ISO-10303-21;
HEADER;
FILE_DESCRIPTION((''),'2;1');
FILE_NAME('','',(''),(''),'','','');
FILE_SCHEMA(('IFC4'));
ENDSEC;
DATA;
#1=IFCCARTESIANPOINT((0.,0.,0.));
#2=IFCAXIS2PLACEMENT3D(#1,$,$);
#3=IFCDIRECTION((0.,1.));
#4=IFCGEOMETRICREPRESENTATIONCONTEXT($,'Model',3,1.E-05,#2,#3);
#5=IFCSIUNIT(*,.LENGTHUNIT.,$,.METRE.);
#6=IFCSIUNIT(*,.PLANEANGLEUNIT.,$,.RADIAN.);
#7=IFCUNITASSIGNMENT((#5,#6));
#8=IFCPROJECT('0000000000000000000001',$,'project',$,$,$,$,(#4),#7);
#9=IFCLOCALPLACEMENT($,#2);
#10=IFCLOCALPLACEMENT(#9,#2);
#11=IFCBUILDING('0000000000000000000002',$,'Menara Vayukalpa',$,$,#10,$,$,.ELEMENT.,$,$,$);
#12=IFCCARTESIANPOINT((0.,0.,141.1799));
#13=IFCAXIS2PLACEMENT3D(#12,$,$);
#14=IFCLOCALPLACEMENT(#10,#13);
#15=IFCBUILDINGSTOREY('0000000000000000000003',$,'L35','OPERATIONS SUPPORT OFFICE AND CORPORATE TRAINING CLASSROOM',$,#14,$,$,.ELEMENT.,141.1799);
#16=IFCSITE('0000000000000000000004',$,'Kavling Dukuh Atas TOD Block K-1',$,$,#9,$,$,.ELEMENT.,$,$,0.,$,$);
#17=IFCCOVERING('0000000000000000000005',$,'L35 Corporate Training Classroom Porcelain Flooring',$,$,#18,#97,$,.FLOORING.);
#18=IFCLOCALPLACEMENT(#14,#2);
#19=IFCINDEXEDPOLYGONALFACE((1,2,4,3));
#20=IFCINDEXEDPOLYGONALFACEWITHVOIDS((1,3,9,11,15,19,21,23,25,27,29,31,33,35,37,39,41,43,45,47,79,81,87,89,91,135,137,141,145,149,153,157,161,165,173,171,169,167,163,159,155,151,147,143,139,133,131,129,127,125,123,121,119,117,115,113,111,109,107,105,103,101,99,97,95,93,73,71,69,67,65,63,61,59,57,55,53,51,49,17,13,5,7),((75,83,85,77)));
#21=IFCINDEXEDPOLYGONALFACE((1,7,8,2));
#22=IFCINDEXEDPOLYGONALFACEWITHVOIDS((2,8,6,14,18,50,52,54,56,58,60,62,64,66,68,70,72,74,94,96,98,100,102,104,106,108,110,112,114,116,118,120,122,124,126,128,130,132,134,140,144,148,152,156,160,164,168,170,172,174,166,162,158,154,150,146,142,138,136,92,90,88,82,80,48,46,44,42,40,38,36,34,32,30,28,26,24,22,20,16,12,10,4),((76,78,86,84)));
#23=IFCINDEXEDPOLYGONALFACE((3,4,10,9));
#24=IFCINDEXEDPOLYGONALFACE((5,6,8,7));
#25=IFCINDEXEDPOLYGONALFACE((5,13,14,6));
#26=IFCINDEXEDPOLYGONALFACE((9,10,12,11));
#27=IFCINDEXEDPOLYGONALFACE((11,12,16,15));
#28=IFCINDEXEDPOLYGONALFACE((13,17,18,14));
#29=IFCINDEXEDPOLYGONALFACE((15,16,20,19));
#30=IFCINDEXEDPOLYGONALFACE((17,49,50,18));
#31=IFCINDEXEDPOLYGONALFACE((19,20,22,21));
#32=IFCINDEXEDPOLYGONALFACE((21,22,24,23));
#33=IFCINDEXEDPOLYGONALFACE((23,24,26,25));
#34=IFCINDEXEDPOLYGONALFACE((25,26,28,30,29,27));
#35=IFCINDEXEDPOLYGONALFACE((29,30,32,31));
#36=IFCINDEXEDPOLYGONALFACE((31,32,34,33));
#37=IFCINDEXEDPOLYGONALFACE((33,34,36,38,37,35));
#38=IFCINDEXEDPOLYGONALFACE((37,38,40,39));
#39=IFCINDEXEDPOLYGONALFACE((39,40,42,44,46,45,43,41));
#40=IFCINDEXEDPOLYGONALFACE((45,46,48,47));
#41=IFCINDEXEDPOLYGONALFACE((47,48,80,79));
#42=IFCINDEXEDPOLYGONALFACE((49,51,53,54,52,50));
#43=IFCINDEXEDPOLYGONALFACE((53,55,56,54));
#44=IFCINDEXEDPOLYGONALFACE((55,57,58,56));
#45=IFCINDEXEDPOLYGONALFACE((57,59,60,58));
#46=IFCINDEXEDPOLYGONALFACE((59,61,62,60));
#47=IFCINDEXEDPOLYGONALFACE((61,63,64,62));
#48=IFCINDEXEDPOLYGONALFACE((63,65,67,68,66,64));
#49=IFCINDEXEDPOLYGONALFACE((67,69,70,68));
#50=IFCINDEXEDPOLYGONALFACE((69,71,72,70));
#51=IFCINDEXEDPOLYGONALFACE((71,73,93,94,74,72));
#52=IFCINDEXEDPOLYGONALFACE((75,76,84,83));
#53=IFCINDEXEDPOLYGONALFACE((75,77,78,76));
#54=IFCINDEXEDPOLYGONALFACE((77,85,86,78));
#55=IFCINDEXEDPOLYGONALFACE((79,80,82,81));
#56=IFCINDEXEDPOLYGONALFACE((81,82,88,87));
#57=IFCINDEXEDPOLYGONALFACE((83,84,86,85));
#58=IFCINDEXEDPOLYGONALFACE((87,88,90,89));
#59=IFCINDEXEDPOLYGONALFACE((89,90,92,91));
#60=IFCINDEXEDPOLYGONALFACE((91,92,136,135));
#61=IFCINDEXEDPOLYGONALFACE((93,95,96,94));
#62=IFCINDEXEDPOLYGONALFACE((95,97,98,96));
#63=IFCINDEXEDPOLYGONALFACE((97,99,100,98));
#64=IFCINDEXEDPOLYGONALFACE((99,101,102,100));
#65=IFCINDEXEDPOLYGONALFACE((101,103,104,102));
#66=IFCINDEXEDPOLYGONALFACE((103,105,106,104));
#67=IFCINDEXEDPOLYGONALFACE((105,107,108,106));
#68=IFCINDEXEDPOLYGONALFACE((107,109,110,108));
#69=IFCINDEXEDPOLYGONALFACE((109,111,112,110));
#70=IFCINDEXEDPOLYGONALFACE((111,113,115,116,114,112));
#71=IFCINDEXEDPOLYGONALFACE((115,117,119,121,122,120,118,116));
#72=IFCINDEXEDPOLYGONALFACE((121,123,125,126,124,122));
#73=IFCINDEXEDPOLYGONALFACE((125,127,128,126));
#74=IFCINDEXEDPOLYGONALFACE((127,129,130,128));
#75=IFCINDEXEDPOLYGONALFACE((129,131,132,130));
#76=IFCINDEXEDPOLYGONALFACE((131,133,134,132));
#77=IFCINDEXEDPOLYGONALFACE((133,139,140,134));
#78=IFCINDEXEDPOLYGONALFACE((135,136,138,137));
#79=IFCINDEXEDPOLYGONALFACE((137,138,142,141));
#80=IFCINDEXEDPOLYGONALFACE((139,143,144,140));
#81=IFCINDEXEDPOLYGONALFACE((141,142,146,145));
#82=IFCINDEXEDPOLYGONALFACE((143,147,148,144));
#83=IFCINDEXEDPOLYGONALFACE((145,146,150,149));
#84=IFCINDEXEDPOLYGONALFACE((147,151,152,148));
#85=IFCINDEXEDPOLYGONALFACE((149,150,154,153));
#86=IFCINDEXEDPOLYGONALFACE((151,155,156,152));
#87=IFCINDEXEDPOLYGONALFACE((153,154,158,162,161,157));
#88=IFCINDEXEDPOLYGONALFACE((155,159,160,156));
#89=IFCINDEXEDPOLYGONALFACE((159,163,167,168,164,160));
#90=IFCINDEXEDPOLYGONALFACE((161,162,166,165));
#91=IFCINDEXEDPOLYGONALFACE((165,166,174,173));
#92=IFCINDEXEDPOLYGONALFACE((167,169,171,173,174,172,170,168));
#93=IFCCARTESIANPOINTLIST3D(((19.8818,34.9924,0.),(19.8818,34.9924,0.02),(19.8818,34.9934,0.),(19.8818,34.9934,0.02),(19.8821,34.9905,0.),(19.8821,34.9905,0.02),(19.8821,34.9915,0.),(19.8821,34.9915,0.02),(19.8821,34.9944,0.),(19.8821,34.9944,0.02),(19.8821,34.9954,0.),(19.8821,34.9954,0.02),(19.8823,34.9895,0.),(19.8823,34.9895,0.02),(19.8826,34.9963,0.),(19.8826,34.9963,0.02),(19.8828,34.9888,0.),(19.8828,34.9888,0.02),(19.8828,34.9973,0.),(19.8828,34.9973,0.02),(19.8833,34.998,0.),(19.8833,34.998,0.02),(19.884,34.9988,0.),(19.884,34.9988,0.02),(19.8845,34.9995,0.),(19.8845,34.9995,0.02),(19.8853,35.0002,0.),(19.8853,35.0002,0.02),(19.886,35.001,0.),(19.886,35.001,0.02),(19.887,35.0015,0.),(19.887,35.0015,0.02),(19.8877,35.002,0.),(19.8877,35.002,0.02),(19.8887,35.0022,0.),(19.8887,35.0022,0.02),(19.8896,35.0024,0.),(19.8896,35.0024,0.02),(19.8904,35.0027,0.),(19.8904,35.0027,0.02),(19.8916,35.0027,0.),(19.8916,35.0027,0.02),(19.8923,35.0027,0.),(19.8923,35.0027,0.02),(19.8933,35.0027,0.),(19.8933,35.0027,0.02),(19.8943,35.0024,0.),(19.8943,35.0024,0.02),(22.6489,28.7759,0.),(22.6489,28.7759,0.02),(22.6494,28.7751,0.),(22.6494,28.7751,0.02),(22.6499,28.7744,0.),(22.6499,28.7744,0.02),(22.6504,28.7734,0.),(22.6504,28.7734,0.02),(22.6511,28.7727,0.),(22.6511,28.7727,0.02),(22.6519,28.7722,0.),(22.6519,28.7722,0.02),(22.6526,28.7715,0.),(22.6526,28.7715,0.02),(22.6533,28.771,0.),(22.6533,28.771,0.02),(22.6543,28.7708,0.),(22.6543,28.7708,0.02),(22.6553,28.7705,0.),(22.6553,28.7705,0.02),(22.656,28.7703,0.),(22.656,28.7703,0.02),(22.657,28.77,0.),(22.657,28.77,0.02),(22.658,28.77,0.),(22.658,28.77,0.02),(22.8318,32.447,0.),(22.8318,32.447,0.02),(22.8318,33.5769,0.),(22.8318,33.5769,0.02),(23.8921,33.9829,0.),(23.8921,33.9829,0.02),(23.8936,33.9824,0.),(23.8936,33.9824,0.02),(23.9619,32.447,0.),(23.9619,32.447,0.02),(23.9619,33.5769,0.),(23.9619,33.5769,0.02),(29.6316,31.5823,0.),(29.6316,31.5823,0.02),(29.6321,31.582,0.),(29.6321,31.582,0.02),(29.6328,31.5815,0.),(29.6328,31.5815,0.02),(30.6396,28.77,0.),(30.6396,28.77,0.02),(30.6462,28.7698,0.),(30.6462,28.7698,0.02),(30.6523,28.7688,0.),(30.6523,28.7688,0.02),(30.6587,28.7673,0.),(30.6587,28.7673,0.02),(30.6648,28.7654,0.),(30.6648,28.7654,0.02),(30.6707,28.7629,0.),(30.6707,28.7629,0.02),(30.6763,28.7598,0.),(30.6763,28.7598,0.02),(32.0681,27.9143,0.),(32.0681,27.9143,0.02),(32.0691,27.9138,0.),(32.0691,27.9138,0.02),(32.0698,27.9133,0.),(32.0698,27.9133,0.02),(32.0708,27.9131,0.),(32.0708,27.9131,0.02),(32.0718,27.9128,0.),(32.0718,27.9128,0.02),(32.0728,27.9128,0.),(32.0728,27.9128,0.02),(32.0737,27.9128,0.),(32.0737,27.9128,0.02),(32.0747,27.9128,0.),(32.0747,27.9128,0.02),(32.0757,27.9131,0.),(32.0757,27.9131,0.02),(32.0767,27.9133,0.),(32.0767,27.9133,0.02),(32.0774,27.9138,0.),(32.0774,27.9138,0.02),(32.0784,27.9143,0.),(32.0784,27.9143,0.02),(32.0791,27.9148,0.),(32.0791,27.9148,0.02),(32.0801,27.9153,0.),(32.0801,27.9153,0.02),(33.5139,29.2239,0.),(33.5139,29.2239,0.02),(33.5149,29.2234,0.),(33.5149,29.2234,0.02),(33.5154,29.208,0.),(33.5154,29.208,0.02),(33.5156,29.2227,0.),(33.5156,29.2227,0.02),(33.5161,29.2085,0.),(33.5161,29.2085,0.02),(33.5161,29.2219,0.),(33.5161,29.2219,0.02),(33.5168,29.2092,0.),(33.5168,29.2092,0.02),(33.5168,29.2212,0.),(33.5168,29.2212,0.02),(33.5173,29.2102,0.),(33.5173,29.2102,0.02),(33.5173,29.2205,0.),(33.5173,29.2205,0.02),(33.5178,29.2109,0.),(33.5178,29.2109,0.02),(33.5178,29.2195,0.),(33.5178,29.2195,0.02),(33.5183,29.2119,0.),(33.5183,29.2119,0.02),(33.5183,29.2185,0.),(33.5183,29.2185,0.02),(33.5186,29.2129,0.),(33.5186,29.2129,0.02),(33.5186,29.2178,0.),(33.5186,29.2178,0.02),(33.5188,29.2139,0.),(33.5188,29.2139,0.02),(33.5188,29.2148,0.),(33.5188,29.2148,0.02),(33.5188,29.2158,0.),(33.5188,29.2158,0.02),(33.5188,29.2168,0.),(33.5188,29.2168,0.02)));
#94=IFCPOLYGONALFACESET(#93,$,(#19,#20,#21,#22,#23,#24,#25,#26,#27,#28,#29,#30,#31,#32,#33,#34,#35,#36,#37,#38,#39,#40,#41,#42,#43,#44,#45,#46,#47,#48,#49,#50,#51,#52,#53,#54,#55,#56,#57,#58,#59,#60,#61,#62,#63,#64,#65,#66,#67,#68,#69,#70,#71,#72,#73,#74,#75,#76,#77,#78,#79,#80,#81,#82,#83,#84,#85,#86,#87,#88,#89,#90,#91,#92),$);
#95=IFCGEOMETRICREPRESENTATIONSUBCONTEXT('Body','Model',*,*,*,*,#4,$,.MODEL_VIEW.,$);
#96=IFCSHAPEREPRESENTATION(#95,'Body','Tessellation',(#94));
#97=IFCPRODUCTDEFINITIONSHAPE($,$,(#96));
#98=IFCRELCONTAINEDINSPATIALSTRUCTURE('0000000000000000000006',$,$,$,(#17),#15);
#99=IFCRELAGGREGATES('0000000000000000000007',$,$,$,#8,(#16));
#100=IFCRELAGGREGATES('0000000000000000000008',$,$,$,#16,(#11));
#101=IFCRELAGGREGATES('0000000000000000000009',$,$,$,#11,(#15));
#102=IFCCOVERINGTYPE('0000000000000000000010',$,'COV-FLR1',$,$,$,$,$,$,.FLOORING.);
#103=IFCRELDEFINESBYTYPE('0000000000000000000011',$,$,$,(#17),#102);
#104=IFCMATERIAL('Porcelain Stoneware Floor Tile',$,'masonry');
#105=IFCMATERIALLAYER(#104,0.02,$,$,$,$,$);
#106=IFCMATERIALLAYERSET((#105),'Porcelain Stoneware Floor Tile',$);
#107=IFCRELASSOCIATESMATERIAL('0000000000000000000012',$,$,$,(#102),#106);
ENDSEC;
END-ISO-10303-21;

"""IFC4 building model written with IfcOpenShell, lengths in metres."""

from ifc_helpers import new_model, si_unit, direction, frame, origin, place, context, subcontext, project, spatial, polyline, outline, extrude, material, layer, layer_set, type_object, element, save


model = new_model("IFC4")

# Units and contexts
model_context = context("Model", 3, precision=1e-05, world=origin(), true_north=direction((0.0, 1.0)))
body_context = subcontext(model_context, "Body", "Model", "MODEL_VIEW")
ifc_project = project(units=[si_unit("LENGTHUNIT", "METRE"), si_unit("PLANEANGLEUNIT", "RADIAN")], contexts=[model_context])

# Site, building, storey
site_placement = place(None, origin())
site = spatial("IfcSite", under=ifc_project, at=site_placement, Name="Kavling Dukuh Atas TOD Block K-1", CompositionType="ELEMENT", RefElevation=0.0)
building_placement = place(site_placement, origin())
building = spatial("IfcBuilding", under=site, at=building_placement, Name="Menara Vayukalpa", CompositionType="ELEMENT")
storey_placement = place(building_placement, frame((0.0, 0.0, 141.1799)))
storey = spatial("IfcBuildingStorey", under=building, at=storey_placement, Name="L35", Description="OPERATIONS SUPPORT OFFICE AND CORPORATE TRAINING CLASSROOM", CompositionType="ELEMENT", Elevation=141.1799)

# Covering
ifc_material_1 = material(Name="Porcelain Stoneware Floor Tile", Category="masonry")
ifc_layer_1 = layer(ifc_material_1, 0.02)
ifc_layer_set_1 = layer_set([ifc_layer_1], Name="Porcelain Stoneware Floor Tile")
covering_type_1 = type_object("IfcCoveringType", Name="COV-FLR1", PredefinedType="FLOORING", material=ifc_layer_set_1)
covering_1_placement = place(storey_placement, origin())
element("IfcCovering", 1, at=covering_1_placement, inside=storey, type_object=covering_type_1, Name="L35 Corporate Training Classroom Porcelain Flooring", PredefinedType="FLOORING", context=body_context, shape_type="SweptSolid", body=[
    extrude(outline(polyline([(29.6316, 31.5823), (29.6321, 31.582), (29.6328, 31.5815), (33.5139, 29.2239), (33.5149, 29.2234), (33.5156, 29.2227), (33.5161, 29.2219), (33.5168, 29.2212), (33.5173, 29.2205), (33.5178, 29.2195), (33.5183, 29.2185), (33.5186, 29.2178), (33.5188, 29.2168), (33.5188, 29.2158), (33.5188, 29.2148), (33.5188, 29.2139), (33.5186, 29.2129), (33.5183, 29.2119), (33.5178, 29.2109), (33.5173, 29.2102), (33.5168, 29.2092), (33.5161, 29.2085), (33.5154, 29.208), (32.0801, 27.9153), (32.0791, 27.9148), (32.0784, 27.9143), (32.0774, 27.9138), (32.0767, 27.9133), (32.0757, 27.9131), (32.0747, 27.9128), (32.0737, 27.9128), (32.0728, 27.9128), (32.0718, 27.9128), (32.0708, 27.9131), (32.0698, 27.9133), (32.0691, 27.9138), (32.0681, 27.9143), (30.6763, 28.7598), (30.6707, 28.7629), (30.6648, 28.7654), (30.6587, 28.7673), (30.6523, 28.7688), (30.6462, 28.7698), (30.6396, 28.77), (22.658, 28.77), (22.657, 28.77), (22.656, 28.7703), (22.6553, 28.7705), (22.6543, 28.7708), (22.6533, 28.771), (22.6526, 28.7715), (22.6519, 28.7722), (22.6511, 28.7727), (22.6504, 28.7734), (22.6499, 28.7744), (22.6494, 28.7751), (22.6489, 28.7759), (19.8828, 34.9888), (19.8823, 34.9895), (19.8821, 34.9905), (19.8821, 34.9915), (19.8818, 34.9924), (19.8818, 34.9934), (19.8821, 34.9944), (19.8821, 34.9954), (19.8826, 34.9963), (19.8828, 34.9973), (19.8833, 34.998), (19.884, 34.9988), (19.8845, 34.9995), (19.8853, 35.0002), (19.886, 35.001), (19.887, 35.0015), (19.8877, 35.002), (19.8887, 35.0022), (19.8896, 35.0024), (19.8904, 35.0027), (19.8916, 35.0027), (19.8923, 35.0027), (19.8933, 35.0027), (19.8943, 35.0024), (23.8921, 33.9829), (23.8936, 33.9824), (29.6316, 31.5823)]), holes=[polyline([(23.9619, 33.5769), (22.8318, 33.5769), (22.8318, 32.447), (23.9619, 32.447), (23.9619, 33.5769)])]), origin(), (0.0, 0.0, 1.0), 0.02),
])

save(model, "model.ifc")
